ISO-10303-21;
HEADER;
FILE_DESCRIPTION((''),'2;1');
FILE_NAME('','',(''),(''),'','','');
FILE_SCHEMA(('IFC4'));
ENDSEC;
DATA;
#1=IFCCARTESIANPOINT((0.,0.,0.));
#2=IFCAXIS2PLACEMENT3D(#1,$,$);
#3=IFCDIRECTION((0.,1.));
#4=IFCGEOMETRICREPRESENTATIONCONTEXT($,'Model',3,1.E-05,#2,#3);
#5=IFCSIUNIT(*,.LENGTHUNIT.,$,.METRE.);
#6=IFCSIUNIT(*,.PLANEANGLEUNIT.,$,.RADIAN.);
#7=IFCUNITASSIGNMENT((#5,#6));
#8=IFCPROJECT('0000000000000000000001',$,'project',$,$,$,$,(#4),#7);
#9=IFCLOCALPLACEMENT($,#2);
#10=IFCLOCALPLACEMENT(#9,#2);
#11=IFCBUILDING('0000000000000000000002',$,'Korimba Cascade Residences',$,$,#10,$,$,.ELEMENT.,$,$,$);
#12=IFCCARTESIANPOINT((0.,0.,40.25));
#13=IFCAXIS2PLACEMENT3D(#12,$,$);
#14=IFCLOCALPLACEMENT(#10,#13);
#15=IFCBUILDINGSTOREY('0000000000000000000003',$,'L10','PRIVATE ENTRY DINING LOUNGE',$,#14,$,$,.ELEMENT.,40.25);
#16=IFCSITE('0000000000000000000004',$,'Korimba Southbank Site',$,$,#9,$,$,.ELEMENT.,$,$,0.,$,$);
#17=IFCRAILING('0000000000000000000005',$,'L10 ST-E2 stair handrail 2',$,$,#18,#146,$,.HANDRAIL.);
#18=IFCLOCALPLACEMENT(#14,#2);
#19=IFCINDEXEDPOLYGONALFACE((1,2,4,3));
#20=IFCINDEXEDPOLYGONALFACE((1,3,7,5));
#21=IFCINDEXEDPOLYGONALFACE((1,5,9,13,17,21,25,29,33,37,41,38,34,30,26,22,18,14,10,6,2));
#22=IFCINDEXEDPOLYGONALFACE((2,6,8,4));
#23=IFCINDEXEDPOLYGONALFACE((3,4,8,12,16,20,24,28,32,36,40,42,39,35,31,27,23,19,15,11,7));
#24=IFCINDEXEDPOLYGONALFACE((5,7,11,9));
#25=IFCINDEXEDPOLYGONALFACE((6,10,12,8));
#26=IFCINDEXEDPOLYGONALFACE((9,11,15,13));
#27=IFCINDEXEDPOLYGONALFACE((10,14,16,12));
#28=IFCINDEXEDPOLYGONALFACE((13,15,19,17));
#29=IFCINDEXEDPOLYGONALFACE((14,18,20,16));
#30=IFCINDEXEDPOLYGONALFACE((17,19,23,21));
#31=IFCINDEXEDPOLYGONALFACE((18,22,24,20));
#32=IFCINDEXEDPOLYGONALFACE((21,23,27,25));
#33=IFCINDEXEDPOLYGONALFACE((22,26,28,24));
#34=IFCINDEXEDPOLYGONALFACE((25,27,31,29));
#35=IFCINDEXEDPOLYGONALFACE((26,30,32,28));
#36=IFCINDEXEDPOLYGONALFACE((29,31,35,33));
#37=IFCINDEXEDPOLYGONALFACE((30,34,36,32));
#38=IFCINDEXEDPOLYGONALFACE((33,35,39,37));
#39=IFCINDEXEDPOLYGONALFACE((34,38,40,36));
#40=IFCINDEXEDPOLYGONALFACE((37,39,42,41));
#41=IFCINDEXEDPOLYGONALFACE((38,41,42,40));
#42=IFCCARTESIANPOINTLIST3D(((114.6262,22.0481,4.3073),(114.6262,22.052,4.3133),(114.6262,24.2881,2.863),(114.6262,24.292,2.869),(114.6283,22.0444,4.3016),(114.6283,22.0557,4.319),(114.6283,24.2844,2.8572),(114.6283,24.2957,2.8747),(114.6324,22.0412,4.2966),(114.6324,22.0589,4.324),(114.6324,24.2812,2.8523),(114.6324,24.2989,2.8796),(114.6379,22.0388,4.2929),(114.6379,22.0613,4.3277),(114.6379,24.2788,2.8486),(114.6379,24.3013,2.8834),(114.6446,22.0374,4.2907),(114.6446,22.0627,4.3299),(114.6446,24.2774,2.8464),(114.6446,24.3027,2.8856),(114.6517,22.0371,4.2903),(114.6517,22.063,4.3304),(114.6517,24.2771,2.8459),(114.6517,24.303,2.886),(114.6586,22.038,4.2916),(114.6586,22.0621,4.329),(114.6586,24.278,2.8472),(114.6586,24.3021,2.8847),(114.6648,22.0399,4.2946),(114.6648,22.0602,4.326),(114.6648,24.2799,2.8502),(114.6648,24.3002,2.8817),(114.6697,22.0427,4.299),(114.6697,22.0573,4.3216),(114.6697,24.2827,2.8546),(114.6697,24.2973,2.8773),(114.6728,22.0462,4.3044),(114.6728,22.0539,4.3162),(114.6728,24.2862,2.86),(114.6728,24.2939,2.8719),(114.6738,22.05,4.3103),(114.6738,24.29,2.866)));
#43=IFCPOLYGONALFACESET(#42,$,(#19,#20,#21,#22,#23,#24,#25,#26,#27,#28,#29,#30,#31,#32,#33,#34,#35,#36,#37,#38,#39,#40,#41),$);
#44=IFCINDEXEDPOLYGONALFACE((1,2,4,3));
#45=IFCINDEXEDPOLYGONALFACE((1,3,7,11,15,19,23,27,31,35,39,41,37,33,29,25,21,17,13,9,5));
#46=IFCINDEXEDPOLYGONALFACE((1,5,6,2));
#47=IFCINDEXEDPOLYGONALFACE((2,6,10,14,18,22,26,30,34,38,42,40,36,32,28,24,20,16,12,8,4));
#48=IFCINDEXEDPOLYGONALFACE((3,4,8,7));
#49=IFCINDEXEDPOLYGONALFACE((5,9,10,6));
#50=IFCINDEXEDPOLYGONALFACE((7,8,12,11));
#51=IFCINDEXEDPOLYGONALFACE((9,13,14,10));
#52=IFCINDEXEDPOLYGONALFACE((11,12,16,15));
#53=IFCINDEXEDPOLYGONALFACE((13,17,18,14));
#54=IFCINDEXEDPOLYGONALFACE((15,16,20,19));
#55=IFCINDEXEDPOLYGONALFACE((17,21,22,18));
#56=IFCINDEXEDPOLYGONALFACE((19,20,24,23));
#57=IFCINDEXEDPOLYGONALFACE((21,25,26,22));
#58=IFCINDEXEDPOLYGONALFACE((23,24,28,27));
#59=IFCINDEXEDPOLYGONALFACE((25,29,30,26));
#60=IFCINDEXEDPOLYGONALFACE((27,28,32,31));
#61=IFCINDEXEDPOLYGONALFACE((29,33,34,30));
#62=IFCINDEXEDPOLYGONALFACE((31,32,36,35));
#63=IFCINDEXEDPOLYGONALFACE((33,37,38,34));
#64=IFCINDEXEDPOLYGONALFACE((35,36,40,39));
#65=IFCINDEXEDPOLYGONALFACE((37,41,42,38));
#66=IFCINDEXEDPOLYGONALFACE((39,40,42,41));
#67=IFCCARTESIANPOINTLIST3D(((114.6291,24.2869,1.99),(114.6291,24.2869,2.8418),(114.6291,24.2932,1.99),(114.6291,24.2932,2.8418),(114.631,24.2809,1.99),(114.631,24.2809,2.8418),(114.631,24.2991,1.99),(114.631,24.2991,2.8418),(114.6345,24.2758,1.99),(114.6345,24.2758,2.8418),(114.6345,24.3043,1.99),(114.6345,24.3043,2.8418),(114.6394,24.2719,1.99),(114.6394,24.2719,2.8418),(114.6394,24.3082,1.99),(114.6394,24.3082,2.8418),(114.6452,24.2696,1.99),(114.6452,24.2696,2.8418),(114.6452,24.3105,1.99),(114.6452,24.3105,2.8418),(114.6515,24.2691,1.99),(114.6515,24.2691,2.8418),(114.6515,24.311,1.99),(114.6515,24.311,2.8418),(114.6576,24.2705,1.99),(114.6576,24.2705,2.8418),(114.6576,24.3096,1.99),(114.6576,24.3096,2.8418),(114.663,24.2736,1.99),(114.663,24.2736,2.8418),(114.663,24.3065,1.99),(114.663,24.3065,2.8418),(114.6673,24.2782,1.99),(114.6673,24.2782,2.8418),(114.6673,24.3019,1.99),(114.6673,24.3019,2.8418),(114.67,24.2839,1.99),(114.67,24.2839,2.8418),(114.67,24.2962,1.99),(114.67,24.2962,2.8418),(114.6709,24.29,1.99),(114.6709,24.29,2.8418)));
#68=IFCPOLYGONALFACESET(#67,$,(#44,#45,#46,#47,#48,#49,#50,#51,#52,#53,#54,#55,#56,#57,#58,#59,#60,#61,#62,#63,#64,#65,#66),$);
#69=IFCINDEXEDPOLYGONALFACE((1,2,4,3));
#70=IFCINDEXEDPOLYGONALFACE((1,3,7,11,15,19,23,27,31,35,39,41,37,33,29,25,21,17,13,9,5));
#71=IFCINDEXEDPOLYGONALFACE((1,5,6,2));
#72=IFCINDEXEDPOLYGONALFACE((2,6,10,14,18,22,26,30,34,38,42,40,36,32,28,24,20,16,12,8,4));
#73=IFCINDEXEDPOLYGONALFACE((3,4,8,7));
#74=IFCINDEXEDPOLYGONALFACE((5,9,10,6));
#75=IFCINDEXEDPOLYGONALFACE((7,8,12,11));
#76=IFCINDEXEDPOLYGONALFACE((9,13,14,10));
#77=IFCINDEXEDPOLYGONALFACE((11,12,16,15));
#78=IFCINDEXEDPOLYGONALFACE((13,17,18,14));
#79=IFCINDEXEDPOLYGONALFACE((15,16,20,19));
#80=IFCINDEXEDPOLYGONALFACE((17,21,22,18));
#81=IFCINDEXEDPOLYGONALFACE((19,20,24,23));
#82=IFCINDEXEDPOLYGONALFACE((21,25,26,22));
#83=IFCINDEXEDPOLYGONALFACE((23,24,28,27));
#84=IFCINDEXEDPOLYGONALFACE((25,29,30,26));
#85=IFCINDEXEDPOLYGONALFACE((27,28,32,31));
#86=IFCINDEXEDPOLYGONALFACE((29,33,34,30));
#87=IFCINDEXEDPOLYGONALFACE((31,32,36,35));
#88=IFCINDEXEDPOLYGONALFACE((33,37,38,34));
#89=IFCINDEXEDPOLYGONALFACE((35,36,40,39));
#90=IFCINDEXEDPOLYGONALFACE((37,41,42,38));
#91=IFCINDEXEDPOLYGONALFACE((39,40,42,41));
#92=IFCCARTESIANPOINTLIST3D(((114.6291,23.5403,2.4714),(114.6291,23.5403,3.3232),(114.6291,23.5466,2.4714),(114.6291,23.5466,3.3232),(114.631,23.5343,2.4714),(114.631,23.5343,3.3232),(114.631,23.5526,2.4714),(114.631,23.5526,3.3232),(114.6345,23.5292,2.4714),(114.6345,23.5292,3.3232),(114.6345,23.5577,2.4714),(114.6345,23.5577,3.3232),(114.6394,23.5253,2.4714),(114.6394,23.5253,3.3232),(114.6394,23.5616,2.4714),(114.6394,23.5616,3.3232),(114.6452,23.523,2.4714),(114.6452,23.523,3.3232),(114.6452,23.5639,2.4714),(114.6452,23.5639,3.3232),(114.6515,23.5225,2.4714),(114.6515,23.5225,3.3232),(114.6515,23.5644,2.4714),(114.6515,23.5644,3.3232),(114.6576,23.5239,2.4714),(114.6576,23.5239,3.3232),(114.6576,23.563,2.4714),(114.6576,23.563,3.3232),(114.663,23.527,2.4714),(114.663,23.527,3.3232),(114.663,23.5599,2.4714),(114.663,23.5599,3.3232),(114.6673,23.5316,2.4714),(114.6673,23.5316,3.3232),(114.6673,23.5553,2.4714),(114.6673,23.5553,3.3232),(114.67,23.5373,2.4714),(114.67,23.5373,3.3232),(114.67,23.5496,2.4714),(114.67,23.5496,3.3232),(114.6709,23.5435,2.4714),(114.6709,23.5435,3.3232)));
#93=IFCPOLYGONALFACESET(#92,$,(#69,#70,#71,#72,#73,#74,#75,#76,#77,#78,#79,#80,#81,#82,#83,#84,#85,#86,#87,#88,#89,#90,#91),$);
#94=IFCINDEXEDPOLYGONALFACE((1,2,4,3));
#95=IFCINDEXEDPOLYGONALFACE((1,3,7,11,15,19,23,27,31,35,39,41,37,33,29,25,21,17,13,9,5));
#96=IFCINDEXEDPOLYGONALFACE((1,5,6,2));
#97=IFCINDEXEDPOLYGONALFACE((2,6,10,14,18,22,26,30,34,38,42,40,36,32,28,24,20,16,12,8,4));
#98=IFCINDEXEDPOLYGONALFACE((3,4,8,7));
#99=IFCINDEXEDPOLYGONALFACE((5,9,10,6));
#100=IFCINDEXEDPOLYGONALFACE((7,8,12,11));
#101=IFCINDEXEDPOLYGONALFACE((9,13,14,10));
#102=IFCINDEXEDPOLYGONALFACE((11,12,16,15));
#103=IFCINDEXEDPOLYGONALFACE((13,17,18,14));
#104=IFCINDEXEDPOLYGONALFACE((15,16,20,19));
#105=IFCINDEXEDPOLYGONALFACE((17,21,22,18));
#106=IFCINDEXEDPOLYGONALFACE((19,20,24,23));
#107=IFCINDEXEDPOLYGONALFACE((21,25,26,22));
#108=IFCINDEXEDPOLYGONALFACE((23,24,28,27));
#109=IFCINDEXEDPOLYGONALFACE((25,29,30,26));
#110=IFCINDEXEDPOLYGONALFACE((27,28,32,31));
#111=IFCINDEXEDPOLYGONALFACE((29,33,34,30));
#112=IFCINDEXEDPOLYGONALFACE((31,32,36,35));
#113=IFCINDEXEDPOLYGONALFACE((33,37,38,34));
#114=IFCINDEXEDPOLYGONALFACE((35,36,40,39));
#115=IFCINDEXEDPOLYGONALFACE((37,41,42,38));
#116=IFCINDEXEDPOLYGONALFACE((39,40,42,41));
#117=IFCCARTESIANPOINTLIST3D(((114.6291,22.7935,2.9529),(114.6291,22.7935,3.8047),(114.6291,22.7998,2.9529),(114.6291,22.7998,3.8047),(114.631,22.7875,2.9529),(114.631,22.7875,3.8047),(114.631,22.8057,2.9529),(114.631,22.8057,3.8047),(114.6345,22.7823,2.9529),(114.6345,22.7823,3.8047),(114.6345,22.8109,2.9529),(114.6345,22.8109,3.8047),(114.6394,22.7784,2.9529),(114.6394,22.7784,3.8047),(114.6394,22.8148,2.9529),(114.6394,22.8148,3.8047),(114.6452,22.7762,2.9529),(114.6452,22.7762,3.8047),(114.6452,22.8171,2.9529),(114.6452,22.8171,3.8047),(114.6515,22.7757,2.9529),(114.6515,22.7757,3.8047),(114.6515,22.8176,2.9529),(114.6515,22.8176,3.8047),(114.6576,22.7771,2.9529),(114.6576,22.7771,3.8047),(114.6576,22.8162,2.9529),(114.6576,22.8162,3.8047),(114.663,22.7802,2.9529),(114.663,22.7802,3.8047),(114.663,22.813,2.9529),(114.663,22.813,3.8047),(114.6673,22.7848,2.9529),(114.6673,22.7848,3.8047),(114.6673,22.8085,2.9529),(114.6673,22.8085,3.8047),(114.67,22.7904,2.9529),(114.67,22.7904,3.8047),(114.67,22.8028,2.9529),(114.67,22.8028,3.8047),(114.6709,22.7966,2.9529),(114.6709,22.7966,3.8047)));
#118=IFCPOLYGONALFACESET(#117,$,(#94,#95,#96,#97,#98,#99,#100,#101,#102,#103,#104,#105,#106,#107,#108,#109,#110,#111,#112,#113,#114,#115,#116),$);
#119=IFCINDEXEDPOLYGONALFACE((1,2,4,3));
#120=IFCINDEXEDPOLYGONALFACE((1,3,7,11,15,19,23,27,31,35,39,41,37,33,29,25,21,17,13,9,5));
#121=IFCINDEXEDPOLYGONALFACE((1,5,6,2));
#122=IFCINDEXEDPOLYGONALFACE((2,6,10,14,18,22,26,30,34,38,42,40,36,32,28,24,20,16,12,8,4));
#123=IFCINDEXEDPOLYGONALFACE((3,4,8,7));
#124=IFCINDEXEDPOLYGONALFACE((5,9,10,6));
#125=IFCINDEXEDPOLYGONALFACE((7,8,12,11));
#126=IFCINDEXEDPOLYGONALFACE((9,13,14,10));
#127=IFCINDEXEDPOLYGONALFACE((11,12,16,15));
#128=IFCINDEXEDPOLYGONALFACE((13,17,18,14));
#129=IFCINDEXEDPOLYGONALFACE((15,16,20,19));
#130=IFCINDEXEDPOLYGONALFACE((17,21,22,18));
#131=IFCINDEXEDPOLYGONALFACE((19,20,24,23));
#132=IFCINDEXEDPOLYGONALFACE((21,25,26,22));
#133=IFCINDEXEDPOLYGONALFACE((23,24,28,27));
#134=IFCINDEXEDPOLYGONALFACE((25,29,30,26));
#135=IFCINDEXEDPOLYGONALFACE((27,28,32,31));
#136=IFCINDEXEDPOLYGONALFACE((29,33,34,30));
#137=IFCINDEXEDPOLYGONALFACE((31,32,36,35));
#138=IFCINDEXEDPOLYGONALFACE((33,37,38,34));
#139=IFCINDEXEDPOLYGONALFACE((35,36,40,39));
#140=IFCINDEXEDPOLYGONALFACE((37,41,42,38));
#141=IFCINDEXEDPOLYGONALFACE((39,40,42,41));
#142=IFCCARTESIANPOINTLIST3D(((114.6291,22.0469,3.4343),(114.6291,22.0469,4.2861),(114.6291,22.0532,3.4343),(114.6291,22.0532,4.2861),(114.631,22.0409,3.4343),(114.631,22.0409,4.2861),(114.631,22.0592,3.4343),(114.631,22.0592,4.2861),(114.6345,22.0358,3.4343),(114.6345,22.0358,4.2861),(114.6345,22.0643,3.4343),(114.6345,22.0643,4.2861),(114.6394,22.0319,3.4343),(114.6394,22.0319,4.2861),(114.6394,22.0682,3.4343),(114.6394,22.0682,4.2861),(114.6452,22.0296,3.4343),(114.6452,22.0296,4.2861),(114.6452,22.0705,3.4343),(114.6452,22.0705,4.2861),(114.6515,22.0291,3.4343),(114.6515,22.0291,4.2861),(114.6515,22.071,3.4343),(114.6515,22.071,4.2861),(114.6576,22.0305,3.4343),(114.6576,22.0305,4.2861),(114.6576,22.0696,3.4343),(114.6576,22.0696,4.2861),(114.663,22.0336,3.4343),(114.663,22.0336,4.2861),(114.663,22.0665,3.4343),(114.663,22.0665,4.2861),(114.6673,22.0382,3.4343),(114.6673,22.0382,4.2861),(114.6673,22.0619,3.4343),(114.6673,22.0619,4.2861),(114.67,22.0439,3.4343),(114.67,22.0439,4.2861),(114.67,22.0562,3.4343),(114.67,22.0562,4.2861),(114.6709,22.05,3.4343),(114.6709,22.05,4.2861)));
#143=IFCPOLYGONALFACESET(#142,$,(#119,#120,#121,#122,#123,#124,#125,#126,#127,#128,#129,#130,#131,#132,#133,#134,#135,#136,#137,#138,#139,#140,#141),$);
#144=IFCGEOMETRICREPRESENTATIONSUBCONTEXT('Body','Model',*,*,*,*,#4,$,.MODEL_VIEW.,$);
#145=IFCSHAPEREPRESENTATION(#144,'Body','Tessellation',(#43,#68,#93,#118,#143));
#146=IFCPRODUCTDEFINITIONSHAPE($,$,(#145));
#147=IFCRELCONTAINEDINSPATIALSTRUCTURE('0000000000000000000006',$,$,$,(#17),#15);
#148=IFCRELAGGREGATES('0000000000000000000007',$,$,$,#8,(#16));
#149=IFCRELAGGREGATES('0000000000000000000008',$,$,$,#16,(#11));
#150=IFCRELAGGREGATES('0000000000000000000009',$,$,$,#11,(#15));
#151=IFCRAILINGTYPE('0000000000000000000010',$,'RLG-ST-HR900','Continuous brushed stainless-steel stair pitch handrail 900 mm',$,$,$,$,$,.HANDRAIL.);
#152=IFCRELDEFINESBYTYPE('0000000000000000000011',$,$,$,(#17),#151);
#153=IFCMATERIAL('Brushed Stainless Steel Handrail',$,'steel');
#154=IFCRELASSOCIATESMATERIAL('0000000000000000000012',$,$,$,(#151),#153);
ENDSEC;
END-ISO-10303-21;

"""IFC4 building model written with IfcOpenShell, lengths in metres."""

from ifc_helpers import new_model, si_unit, direction, frame, origin, origin_2d, place, context, subcontext, project, spatial, circle, extrude, material, type_object, element, save


model = new_model("IFC4")

# Units and contexts
model_context = context("Model", 3, precision=1e-05, world=origin(), true_north=direction((0.0, 1.0)))
body_context = subcontext(model_context, "Body", "Model", "MODEL_VIEW")
ifc_project = project(units=[si_unit("LENGTHUNIT", "METRE"), si_unit("PLANEANGLEUNIT", "RADIAN")], contexts=[model_context])

# Site, building, storey
site_placement = place(None, origin())
site = spatial("IfcSite", under=ifc_project, at=site_placement, Name="Korimba Southbank Site", CompositionType="ELEMENT", RefElevation=0.0)
building_placement = place(site_placement, origin())
building = spatial("IfcBuilding", under=site, at=building_placement, Name="Korimba Cascade Residences", CompositionType="ELEMENT")
storey_placement = place(building_placement, frame((0.0, 0.0, 40.25)))
storey = spatial("IfcBuildingStorey", under=building, at=storey_placement, Name="L10", Description="PRIVATE ENTRY DINING LOUNGE", CompositionType="ELEMENT", Elevation=40.25)

# Railing
ifc_material_1 = material(Name="Brushed Stainless Steel Handrail", Category="steel")
railing_type_1 = type_object("IfcRailingType", Name="RLG-ST-HR900", Description="Continuous brushed stainless-steel stair pitch handrail 900 mm", PredefinedType="HANDRAIL", material=ifc_material_1)
railing_1_placement = place(storey_placement, frame((114.6499, 24.29, 1.99)))
element("IfcRailing", 1, at=railing_1_placement, inside=storey, type_object=railing_type_1, Name="L10 ST-E2 stair handrail 2", PredefinedType="HANDRAIL", context=body_context, shape_type="SweptSolid", body=[
    extrude(circle(Radius=0.0239, at=origin_2d()), frame((0.0, 0.0, 0.876), z_axis=(0.0, -0.840437, 0.54191), x_axis=(1.0, 0.0, 0.0)), (0.0, 0.0, 1.0), 2.6653),
    extrude(circle(Radius=0.021, at=origin_2d()), origin(), (0.0, 0.0, 1.0), 0.8518),
    extrude(circle(Radius=0.021, at=origin_2d()), frame((0.0, -0.7466, 0.4814)), (0.0, 0.0, 1.0), 0.8518),
    extrude(circle(Radius=0.021, at=origin_2d()), frame((0.0, -1.4934, 0.9629)), (0.0, 0.0, 1.0), 0.8518),
    extrude(circle(Radius=0.021, at=origin_2d()), frame((0.0, -2.24, 1.4443)), (0.0, 0.0, 1.0), 0.8518),
])

save(model, "model.ifc")
